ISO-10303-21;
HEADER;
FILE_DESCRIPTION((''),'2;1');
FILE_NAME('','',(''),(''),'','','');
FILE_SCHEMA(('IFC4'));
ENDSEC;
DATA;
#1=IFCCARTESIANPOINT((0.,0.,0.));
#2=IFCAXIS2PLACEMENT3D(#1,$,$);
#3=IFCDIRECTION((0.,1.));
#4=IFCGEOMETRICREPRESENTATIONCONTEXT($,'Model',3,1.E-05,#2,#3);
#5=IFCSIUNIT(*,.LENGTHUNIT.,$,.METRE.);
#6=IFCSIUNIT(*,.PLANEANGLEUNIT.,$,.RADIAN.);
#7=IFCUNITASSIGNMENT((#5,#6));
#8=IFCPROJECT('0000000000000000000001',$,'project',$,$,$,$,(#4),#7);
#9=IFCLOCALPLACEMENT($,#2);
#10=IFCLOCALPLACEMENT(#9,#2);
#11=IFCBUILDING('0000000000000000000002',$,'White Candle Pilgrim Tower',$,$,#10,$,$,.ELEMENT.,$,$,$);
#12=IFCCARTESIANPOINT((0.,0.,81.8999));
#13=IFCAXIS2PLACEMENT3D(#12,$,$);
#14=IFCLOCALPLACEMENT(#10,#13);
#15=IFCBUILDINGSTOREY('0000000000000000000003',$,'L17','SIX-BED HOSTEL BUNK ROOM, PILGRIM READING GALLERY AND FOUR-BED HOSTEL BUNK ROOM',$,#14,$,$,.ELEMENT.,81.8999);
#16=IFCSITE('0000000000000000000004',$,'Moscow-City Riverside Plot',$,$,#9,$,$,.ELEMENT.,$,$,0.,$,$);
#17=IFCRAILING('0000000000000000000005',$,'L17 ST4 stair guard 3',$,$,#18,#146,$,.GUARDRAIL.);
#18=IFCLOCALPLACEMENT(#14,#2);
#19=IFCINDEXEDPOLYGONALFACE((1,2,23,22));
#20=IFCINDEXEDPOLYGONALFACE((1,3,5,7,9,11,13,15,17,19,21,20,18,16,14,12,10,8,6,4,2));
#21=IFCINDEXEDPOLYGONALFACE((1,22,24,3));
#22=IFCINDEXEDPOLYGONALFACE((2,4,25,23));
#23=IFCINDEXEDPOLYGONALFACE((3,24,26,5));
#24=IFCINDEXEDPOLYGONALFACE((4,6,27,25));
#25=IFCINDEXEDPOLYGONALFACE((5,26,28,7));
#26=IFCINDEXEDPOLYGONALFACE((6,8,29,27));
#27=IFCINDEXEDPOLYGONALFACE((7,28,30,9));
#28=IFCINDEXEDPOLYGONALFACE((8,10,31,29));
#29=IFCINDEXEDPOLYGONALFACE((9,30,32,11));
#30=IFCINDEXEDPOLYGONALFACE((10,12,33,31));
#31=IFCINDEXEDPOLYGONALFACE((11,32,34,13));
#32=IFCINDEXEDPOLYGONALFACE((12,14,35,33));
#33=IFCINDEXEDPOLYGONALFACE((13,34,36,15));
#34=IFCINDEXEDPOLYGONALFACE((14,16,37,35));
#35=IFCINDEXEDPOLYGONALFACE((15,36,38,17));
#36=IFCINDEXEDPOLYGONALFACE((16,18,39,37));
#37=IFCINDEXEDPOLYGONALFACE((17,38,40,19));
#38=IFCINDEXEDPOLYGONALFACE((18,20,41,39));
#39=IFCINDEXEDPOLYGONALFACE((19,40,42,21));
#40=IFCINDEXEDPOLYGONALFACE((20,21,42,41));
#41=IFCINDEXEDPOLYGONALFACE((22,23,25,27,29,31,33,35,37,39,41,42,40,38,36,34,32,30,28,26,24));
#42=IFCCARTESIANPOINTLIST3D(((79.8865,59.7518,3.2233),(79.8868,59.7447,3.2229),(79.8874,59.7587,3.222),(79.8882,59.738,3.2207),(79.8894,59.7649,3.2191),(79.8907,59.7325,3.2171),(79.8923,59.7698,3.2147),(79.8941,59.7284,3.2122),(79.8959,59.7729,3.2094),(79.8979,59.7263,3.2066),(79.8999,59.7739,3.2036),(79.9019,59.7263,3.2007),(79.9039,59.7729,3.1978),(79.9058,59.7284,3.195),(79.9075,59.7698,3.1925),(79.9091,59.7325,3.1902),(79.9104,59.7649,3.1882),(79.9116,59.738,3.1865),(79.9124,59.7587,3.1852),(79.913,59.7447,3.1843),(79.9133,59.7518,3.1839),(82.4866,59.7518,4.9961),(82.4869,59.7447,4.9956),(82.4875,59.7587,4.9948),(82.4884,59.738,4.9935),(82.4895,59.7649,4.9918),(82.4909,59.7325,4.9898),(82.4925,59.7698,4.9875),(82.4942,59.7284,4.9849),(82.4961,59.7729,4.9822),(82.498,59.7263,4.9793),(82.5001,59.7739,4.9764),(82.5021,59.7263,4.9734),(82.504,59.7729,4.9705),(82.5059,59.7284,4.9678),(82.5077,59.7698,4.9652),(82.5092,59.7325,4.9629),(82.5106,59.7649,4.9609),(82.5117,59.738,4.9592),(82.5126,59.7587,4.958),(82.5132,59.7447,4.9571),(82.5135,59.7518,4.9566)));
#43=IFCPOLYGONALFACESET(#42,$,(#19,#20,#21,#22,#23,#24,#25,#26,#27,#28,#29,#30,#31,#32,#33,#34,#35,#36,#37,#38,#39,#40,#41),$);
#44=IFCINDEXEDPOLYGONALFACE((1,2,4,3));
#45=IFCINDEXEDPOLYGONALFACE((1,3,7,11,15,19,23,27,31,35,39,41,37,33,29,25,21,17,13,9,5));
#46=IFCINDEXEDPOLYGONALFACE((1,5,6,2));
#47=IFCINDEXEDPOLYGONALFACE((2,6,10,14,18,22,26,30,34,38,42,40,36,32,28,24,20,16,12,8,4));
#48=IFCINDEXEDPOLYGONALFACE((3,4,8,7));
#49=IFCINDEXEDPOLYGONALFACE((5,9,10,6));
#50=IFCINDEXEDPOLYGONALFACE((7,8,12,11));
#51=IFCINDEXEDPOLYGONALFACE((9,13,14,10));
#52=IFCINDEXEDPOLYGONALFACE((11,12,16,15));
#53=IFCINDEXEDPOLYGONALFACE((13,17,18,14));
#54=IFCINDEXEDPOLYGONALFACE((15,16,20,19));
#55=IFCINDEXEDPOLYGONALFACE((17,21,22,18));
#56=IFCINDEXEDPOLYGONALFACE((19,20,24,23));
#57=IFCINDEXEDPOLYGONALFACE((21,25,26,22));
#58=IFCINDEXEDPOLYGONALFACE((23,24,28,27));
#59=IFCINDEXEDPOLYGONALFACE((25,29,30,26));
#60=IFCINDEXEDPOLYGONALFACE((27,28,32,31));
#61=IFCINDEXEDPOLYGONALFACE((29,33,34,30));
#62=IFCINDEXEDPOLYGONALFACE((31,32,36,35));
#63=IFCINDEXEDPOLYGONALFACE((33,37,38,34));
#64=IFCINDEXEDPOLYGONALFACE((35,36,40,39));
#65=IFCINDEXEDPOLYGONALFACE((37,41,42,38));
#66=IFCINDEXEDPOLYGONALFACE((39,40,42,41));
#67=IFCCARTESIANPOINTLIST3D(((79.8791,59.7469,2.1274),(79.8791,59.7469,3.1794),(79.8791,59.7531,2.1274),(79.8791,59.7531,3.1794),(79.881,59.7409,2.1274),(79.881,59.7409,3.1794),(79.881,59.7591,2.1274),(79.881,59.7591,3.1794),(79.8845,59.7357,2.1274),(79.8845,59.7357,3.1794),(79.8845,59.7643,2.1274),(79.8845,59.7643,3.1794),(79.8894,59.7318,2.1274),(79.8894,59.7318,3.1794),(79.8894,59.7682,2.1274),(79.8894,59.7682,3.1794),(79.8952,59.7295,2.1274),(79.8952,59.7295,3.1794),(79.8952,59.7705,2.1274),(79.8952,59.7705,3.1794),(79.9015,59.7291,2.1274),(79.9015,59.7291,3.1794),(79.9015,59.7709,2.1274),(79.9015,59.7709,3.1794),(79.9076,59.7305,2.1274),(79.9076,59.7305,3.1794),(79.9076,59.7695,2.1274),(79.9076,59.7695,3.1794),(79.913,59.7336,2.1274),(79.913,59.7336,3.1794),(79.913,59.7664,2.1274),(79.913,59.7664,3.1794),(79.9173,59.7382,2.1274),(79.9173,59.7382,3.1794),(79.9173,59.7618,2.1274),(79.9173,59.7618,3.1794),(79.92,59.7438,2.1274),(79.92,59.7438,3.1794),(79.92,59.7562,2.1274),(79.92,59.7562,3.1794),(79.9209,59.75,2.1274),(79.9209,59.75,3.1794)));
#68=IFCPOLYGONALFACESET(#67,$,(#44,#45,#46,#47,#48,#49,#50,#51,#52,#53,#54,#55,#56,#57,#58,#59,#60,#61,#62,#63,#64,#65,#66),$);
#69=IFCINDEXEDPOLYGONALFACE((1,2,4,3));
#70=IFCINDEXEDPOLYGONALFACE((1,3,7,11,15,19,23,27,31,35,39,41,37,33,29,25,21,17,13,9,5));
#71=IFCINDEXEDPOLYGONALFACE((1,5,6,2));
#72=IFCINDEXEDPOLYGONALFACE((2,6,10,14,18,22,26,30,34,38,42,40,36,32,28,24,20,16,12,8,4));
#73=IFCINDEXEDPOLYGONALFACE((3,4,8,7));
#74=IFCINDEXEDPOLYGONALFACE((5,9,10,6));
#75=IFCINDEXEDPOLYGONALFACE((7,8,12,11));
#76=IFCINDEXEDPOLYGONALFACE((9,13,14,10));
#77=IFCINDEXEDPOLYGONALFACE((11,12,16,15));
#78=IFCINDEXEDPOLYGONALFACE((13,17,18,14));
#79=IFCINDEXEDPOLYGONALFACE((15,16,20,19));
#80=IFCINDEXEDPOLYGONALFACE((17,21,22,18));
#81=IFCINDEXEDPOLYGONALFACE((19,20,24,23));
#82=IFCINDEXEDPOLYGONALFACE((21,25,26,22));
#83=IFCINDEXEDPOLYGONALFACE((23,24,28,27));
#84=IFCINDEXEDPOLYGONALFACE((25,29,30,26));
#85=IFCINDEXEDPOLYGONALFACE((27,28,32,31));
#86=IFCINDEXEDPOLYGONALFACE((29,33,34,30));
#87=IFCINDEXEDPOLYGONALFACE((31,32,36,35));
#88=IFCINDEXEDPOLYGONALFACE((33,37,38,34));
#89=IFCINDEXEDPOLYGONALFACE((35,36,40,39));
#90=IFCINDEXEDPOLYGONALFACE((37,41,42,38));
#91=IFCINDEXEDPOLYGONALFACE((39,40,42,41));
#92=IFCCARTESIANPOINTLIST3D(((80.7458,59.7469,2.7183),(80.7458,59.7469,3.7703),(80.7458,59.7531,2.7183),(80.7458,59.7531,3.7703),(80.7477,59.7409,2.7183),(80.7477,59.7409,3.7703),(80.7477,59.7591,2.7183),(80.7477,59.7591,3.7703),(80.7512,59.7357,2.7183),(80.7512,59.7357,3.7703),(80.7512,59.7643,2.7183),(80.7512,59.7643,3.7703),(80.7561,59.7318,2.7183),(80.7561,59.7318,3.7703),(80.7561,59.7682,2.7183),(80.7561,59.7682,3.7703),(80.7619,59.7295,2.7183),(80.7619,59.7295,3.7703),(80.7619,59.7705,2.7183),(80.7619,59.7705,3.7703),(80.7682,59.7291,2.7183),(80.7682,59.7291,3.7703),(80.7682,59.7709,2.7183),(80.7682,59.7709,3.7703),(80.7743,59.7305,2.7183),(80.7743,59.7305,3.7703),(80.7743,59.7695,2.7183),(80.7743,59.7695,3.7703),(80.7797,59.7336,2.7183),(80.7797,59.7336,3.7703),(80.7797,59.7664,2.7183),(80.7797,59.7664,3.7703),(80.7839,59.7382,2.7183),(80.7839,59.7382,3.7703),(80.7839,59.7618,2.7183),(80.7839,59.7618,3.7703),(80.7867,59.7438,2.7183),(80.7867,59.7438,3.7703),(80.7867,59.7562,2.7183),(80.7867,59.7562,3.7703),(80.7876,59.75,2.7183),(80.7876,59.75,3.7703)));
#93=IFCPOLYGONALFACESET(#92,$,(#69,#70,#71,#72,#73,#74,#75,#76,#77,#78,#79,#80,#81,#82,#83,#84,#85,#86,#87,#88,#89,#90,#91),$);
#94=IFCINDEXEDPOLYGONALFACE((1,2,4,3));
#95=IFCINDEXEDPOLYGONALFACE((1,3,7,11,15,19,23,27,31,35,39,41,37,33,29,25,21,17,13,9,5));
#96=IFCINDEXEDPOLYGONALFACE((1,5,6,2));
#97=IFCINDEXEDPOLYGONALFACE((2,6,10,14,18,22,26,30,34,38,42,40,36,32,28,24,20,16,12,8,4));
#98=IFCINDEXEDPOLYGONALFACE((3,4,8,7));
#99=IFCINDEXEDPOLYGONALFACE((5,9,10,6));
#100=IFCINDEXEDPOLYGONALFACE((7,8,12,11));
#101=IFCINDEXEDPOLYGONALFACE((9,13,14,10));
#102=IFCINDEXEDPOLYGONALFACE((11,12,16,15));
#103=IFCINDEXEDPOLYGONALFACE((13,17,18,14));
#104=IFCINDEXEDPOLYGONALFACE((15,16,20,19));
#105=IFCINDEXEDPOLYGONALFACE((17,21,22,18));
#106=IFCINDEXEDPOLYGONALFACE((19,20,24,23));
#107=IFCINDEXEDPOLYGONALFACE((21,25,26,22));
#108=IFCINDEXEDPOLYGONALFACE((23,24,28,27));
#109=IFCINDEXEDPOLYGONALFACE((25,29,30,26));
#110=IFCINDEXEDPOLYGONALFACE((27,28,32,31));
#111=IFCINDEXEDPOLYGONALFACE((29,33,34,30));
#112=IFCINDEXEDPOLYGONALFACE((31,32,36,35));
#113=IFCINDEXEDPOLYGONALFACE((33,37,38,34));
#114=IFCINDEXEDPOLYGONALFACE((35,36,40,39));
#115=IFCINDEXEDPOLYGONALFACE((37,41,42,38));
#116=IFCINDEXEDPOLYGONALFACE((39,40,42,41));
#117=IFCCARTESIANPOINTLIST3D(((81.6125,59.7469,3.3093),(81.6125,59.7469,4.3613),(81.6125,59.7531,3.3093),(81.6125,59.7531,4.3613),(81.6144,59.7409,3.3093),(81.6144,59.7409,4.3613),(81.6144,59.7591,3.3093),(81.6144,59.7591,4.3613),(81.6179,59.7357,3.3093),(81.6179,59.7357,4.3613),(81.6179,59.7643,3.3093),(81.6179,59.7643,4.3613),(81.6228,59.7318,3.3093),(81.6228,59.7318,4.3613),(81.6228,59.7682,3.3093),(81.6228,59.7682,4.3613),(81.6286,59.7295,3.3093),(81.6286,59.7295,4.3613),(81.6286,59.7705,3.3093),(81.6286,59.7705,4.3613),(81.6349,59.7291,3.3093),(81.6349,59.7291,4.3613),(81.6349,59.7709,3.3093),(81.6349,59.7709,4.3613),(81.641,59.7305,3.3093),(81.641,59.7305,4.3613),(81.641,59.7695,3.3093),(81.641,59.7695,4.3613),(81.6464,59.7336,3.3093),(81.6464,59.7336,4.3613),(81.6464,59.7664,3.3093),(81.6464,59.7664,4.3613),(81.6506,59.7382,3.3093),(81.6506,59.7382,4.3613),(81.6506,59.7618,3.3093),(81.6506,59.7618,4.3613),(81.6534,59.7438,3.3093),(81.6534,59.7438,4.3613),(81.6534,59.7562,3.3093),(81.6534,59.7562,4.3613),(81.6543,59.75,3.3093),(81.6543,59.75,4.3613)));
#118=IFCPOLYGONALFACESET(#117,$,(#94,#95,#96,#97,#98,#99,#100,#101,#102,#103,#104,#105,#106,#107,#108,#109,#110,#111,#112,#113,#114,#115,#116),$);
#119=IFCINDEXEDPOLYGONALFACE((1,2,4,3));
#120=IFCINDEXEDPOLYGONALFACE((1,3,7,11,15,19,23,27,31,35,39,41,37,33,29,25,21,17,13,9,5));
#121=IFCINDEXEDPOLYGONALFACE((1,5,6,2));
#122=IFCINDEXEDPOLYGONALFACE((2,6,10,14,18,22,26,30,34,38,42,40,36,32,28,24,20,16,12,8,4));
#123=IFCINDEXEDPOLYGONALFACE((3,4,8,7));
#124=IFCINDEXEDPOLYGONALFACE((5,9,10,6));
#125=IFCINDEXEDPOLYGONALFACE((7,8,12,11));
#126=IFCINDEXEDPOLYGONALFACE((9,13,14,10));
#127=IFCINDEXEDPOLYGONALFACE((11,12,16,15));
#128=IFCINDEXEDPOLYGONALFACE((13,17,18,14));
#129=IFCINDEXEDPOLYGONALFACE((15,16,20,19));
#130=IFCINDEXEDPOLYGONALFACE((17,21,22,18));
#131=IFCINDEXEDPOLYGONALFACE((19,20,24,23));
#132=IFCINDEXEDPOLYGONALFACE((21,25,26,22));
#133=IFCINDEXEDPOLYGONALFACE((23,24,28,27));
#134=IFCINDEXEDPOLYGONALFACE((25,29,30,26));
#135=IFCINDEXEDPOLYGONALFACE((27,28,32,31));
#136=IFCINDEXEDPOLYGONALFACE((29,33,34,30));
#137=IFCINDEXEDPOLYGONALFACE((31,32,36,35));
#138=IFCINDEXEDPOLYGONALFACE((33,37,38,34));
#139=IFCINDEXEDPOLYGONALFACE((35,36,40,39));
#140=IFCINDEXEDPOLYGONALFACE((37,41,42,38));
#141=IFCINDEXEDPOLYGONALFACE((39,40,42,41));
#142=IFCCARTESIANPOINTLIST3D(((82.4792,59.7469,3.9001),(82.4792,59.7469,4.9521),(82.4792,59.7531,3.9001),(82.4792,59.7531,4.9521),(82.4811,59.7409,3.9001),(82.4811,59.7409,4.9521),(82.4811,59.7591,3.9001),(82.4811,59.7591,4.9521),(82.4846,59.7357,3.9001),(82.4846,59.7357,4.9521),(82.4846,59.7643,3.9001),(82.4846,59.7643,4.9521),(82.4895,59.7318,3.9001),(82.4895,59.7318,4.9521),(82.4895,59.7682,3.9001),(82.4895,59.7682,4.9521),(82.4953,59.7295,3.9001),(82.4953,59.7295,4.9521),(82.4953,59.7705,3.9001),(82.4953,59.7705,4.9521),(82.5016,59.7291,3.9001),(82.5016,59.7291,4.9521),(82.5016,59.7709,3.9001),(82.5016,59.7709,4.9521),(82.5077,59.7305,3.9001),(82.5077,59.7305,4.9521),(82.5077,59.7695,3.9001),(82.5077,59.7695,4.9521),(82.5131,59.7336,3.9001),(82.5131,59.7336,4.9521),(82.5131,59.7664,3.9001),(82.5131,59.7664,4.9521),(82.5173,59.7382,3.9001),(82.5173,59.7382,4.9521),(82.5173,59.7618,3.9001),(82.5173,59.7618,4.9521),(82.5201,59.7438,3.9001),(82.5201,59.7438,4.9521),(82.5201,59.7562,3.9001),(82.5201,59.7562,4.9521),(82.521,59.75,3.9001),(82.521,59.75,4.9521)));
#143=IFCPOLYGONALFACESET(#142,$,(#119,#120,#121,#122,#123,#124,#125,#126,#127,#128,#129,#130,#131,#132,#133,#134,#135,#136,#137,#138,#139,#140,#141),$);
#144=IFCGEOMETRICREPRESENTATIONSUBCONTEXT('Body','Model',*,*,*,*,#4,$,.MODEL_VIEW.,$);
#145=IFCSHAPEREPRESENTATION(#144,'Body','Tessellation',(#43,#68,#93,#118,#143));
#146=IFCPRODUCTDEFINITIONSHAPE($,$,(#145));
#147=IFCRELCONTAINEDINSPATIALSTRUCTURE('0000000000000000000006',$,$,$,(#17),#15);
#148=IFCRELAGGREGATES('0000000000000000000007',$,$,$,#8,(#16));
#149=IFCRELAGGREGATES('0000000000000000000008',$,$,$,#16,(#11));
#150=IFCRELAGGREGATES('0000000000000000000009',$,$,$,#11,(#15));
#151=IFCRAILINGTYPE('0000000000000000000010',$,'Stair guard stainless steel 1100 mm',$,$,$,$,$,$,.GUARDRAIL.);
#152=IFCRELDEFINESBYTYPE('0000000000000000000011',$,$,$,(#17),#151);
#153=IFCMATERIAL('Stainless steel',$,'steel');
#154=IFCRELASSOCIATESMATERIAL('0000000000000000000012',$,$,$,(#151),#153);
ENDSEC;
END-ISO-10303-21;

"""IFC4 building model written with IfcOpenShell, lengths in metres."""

from ifc_helpers import new_model, si_unit, direction, frame, origin, origin_2d, place, context, subcontext, project, spatial, circle, extrude, material, type_object, element, save


model = new_model("IFC4")

# Units and contexts
model_context = context("Model", 3, precision=1e-05, world=origin(), true_north=direction((0.0, 1.0)))
body_context = subcontext(model_context, "Body", "Model", "MODEL_VIEW")
ifc_project = project(units=[si_unit("LENGTHUNIT", "METRE"), si_unit("PLANEANGLEUNIT", "RADIAN")], contexts=[model_context])

# Site, building, storey
site_placement = place(None, origin())
site = spatial("IfcSite", under=ifc_project, at=site_placement, Name="Moscow-City Riverside Plot", CompositionType="ELEMENT", RefElevation=0.0)
building_placement = place(site_placement, origin())
building = spatial("IfcBuilding", under=site, at=building_placement, Name="White Candle Pilgrim Tower", CompositionType="ELEMENT")
storey_placement = place(building_placement, frame((0.0, 0.0, 81.8999)))
storey = spatial("IfcBuildingStorey", under=building, at=storey_placement, Name="L17", Description="SIX-BED HOSTEL BUNK ROOM, PILGRIM READING GALLERY AND FOUR-BED HOSTEL BUNK ROOM", CompositionType="ELEMENT", Elevation=81.8999)

# Railing
ifc_material_1 = material(Name="Stainless steel", Category="steel")
railing_type_1 = type_object("IfcRailingType", Name="Stair guard stainless steel 1100 mm", PredefinedType="GUARDRAIL", material=ifc_material_1)
railing_1_placement = place(storey_placement, frame((79.8999, 59.75, 2.1274)))
element("IfcRailing", 1, at=railing_1_placement, inside=storey, type_object=railing_type_1, Name="L17 ST4 stair guard 3", PredefinedType="GUARDRAIL", context=body_context, shape_type="SweptSolid", body=[
    extrude(circle(Radius=0.0239, at=origin_2d()), frame((0.0, 0.0, 1.0762), z_axis=(0.82624, 0.0, 0.563318), x_axis=(0.0, 1.0, 0.0)), (0.0, 0.0, 1.0), 3.147),
    extrude(circle(Radius=0.021, at=origin_2d()), origin(), (0.0, 0.0, 1.0), 1.052),
    extrude(circle(Radius=0.021, at=origin_2d()), frame((0.8667, 0.0, 0.5908)), (0.0, 0.0, 1.0), 1.052),
    extrude(circle(Radius=0.021, at=origin_2d()), frame((1.7334, 0.0, 1.1819)), (0.0, 0.0, 1.0), 1.052),
    extrude(circle(Radius=0.021, at=origin_2d()), frame((2.6001, 0.0, 1.7727)), (0.0, 0.0, 1.0), 1.052),
])

save(model, "model.ifc")
